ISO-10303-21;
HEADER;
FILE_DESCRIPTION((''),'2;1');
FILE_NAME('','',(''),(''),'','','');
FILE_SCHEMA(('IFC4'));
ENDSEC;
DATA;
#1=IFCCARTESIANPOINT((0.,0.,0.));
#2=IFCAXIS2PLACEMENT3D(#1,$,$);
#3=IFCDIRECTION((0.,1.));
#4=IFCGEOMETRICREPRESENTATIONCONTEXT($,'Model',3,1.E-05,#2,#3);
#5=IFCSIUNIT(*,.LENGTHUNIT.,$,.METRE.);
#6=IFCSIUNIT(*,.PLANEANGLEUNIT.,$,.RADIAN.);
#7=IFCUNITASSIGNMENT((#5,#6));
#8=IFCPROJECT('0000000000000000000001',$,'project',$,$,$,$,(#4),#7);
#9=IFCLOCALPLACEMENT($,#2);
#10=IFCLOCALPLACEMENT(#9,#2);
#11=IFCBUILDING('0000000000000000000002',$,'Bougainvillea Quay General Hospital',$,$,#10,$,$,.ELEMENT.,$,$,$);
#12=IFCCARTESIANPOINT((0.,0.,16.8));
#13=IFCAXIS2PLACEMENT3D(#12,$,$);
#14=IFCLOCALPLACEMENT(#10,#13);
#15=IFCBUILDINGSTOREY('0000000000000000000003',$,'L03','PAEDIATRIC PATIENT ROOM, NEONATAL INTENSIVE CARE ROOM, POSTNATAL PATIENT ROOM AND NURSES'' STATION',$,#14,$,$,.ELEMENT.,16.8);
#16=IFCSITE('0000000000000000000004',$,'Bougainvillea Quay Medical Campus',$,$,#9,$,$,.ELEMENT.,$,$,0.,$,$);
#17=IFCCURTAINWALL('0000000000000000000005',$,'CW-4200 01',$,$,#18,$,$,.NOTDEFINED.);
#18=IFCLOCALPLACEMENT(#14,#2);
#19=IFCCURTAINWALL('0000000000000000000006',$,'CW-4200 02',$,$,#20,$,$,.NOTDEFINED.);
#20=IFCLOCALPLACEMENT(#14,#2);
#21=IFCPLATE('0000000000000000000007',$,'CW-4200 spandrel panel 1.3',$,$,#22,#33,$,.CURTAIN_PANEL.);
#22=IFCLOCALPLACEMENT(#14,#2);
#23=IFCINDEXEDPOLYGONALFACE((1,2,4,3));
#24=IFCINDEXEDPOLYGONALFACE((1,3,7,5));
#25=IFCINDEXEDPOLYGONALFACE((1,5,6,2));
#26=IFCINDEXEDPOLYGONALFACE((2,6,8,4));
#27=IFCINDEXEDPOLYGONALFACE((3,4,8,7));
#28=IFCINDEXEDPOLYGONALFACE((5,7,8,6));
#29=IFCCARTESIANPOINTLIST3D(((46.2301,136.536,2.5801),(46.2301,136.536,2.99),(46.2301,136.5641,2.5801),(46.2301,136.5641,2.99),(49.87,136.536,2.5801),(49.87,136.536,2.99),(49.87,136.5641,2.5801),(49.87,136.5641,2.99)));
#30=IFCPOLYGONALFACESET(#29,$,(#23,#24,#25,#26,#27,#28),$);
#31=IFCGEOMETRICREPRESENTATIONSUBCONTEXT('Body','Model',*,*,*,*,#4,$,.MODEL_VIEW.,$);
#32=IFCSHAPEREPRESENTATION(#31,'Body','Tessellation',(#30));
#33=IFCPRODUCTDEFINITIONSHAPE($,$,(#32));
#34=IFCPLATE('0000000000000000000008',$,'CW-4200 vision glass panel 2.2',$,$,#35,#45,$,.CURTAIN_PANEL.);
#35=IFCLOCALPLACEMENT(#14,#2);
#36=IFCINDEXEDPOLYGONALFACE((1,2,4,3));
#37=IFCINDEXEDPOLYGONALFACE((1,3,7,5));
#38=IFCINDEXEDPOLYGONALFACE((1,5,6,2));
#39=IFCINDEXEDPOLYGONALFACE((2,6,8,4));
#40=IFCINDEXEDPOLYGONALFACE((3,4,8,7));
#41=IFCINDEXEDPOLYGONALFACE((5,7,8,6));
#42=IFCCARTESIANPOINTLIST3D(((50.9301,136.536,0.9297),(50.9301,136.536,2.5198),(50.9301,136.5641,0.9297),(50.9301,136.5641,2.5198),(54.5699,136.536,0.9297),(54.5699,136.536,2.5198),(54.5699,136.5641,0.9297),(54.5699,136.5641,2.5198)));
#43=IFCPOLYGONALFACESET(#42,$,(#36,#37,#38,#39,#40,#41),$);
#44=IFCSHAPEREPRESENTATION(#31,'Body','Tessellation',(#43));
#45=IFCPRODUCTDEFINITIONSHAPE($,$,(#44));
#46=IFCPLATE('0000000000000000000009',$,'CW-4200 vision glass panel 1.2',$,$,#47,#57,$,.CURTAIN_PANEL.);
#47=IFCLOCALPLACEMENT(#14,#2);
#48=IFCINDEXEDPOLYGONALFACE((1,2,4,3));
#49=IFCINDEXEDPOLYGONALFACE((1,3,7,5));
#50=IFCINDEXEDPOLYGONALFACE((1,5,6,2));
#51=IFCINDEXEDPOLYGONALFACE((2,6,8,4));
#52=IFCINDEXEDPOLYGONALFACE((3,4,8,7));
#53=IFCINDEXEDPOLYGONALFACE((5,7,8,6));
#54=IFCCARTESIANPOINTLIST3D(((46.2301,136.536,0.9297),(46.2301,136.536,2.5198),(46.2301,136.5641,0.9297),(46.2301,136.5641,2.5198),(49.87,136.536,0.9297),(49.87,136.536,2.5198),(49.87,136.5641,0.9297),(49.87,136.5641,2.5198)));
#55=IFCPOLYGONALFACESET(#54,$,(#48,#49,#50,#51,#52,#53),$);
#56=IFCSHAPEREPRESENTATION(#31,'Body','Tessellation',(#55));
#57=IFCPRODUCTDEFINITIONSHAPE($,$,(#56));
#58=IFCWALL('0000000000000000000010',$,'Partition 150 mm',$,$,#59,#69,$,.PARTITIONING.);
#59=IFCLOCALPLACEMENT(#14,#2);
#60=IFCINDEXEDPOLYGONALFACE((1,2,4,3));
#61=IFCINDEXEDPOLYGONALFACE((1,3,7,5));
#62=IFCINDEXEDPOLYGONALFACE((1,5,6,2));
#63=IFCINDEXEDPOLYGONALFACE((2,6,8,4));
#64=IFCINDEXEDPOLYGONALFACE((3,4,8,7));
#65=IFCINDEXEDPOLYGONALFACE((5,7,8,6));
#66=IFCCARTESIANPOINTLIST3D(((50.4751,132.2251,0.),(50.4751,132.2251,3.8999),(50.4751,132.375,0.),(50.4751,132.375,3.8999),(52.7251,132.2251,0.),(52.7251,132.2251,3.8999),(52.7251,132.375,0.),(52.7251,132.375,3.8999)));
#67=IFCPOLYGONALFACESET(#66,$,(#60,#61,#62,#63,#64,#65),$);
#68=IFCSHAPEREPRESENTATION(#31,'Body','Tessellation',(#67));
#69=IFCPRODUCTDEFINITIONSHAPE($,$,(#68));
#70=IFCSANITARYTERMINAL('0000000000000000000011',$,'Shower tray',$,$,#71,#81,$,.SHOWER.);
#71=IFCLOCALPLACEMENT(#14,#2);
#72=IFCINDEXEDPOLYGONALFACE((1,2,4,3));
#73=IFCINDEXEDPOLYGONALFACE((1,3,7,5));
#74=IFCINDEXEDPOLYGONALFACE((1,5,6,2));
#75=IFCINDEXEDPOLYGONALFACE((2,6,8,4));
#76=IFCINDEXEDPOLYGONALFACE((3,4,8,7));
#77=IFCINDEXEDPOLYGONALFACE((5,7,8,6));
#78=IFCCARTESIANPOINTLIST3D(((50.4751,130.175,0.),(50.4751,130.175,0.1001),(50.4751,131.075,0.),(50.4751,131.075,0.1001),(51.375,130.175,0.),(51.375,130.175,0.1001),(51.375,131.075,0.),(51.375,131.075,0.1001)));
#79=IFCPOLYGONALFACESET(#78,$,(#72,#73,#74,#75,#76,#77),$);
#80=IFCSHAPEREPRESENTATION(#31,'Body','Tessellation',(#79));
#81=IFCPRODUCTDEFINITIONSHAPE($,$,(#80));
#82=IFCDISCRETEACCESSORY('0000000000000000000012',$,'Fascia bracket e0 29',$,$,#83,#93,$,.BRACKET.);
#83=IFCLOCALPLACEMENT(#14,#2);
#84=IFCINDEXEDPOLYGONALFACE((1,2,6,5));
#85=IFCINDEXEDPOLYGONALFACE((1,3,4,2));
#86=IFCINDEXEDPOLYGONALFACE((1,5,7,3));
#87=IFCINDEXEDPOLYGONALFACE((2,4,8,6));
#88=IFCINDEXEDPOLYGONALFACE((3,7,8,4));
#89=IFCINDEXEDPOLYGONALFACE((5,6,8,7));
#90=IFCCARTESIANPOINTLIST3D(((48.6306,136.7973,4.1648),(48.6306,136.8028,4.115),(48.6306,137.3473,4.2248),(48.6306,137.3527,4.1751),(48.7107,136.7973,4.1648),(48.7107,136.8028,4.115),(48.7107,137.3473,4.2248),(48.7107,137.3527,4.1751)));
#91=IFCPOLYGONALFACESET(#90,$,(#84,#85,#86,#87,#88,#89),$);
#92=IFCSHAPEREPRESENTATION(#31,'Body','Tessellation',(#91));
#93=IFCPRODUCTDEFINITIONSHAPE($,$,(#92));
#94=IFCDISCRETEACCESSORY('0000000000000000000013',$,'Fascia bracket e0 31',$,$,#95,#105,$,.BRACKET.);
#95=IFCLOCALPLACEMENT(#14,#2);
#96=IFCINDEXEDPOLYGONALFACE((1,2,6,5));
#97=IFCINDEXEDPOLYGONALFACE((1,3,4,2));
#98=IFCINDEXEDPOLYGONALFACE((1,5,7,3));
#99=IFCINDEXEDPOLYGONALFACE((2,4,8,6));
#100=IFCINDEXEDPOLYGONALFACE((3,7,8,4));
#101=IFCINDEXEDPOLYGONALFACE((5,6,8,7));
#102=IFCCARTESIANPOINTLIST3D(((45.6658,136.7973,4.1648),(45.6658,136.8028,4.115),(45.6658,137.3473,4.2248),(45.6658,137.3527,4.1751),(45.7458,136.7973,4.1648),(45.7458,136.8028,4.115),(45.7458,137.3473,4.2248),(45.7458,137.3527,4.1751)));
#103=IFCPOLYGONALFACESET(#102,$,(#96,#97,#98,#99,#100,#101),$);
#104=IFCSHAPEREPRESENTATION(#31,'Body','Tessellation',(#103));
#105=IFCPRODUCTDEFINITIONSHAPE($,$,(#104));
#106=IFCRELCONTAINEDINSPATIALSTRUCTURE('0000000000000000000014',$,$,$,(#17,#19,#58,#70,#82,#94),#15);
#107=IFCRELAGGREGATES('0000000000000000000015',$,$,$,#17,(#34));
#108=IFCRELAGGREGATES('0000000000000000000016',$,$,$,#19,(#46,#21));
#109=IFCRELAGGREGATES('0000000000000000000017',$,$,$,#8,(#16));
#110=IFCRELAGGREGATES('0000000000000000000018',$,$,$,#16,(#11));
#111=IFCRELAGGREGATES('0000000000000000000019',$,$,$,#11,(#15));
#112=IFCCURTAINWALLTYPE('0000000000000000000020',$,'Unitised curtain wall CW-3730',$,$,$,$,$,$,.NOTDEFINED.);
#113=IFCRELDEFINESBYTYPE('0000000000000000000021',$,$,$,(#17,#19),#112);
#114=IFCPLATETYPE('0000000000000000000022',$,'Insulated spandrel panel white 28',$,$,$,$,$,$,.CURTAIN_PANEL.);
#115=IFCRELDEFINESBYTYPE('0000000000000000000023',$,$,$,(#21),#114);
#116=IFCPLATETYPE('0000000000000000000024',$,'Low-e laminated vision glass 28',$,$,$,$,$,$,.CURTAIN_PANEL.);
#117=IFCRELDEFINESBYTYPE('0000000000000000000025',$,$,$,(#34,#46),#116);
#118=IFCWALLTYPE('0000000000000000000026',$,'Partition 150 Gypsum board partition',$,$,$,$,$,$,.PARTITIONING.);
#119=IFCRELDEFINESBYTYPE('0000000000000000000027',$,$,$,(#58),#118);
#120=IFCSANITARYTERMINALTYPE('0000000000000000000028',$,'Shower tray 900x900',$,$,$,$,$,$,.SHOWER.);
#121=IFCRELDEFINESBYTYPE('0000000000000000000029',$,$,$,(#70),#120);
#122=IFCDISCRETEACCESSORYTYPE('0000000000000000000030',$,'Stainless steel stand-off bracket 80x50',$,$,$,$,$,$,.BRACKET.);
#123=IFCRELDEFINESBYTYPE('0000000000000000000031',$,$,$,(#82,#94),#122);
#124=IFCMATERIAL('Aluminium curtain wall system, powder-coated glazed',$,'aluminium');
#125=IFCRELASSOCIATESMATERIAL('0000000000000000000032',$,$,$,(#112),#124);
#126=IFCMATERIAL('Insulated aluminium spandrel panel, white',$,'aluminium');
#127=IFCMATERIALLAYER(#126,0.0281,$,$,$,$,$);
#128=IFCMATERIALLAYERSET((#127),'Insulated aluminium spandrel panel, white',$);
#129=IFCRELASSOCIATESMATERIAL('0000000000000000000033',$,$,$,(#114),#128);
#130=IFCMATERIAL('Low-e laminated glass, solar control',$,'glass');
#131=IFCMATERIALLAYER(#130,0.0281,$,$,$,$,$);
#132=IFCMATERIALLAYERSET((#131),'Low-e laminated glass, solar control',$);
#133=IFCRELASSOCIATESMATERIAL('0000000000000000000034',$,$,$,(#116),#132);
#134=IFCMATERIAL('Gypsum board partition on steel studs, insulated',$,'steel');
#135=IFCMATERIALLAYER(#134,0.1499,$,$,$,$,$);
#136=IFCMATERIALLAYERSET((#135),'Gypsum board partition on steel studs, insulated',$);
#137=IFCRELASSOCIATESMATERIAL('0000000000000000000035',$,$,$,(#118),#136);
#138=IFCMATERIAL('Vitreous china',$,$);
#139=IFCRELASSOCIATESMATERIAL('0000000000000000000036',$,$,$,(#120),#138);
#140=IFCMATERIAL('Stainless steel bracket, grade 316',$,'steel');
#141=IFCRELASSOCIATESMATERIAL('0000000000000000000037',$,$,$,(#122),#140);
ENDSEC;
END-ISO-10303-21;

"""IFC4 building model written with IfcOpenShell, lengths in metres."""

from ifc_helpers import new_model, si_unit, direction, frame, frame_2d, origin, origin_2d, place, context, subcontext, project, spatial, rectangle, extrude, material, layer, layer_set, material_profile, profile_set, type_object, element, aggregate, save


model = new_model("IFC4")

# Units and contexts
model_context = context("Model", 3, precision=1e-05, world=origin(), true_north=direction((0.0, 1.0)))
body_context = subcontext(model_context, "Body", "Model", "MODEL_VIEW")
ifc_project = project(units=[si_unit("LENGTHUNIT", "METRE"), si_unit("PLANEANGLEUNIT", "RADIAN")], contexts=[model_context])

# Site, building, storey
site_placement = place(None, origin())
site = spatial("IfcSite", under=ifc_project, at=site_placement, Name="Bougainvillea Quay Medical Campus", CompositionType="ELEMENT", RefElevation=0.0)
building_placement = place(site_placement, origin())
building = spatial("IfcBuilding", under=site, at=building_placement, Name="Bougainvillea Quay General Hospital", CompositionType="ELEMENT")
storey_placement = place(building_placement, frame((0.0, 0.0, 16.8)))
storey = spatial("IfcBuildingStorey", under=building, at=storey_placement, Name="L03", Description="PAEDIATRIC PATIENT ROOM, NEONATAL INTENSIVE CARE ROOM, POSTNATAL PATIENT ROOM AND NURSES' STATION", CompositionType="ELEMENT", Elevation=16.8)

# Curtain wall
ifc_material_1 = material(Name="Aluminium curtain wall system, powder-coated glazed", Category="aluminium")
curtain_wall_type = type_object("IfcCurtainWallType", Name="Unitised curtain wall CW-3730", PredefinedType="NOTDEFINED", material=ifc_material_1)
curtain_wall_1_placement = place(storey_placement, origin())
curtain_wall_1 = element("IfcCurtainWall", 1, at=curtain_wall_1_placement, inside=storey, type_object=curtain_wall_type, Name="CW-4200 01", PredefinedType="NOTDEFINED")

# Curtain wall
curtain_wall_2_placement = place(storey_placement, origin())
curtain_wall_2 = element("IfcCurtainWall", 2, at=curtain_wall_2_placement, inside=storey, type_object=curtain_wall_type, Name="CW-4200 02", PredefinedType="NOTDEFINED")

# Plates
ifc_material_2 = material(Name="Insulated aluminium spandrel panel, white", Category="aluminium")
ifc_layer_1 = layer(ifc_material_2, 0.0281)
ifc_layer_set_1 = layer_set([ifc_layer_1], Name="Insulated aluminium spandrel panel, white")
plate_type_1 = type_object("IfcPlateType", Name="Insulated spandrel panel white 28", PredefinedType="CURTAIN_PANEL", material=ifc_layer_set_1)
plate_1_placement = place(storey_placement, frame((48.05, 136.55, 2.5801), z_axis=(0.0, 0.0, 1.0), x_axis=(-1.0, 0.0, 0.0)))
plate_1 = element("IfcPlate", 3, at=plate_1_placement, type_object=plate_type_1, Name="CW-4200 spandrel panel 1.3", PredefinedType="CURTAIN_PANEL", context=body_context, shape_type="SweptSolid", body=[
    extrude(rectangle(XDim=3.6399, YDim=0.0281, at=origin_2d()), origin(), (0.0, 0.0, 1.0), 0.4099),
])
ifc_material_3 = material(Name="Low-e laminated glass, solar control", Category="glass")
ifc_layer_2 = layer(ifc_material_3, 0.0281)
ifc_layer_set_2 = layer_set([ifc_layer_2], Name="Low-e laminated glass, solar control")
plate_type_2 = type_object("IfcPlateType", Name="Low-e laminated vision glass 28", PredefinedType="CURTAIN_PANEL", material=ifc_layer_set_2)
plate_2_placement = place(storey_placement, frame((52.75, 136.55, 0.9297), z_axis=(0.0, 0.0, 1.0), x_axis=(-1.0, 0.0, 0.0)))
plate_2 = element("IfcPlate", 4, at=plate_2_placement, type_object=plate_type_2, Name="CW-4200 vision glass panel 2.2", PredefinedType="CURTAIN_PANEL", context=body_context, shape_type="SweptSolid", body=[
    extrude(rectangle(XDim=3.6399, YDim=0.0281, at=origin_2d()), origin(), (0.0, 0.0, 1.0), 1.5901),
])
aggregate(curtain_wall_1, [plate_2])
plate_3_placement = place(storey_placement, frame((48.05, 136.55, 0.9297), z_axis=(0.0, 0.0, 1.0), x_axis=(-1.0, 0.0, 0.0)))
plate_3 = element("IfcPlate", 5, at=plate_3_placement, type_object=plate_type_2, Name="CW-4200 vision glass panel 1.2", PredefinedType="CURTAIN_PANEL", context=body_context, shape_type="SweptSolid", body=[
    extrude(rectangle(XDim=3.6399, YDim=0.0281, at=origin_2d()), origin(), (0.0, 0.0, 1.0), 1.5901),
])
aggregate(curtain_wall_2, [plate_3, plate_1])

# Wall
ifc_material_4 = material(Name="Gypsum board partition on steel studs, insulated", Category="steel")
ifc_layer_3 = layer(ifc_material_4, 0.1499)
ifc_layer_set_3 = layer_set([ifc_layer_3], Name="Gypsum board partition on steel studs, insulated")
wall_type = type_object("IfcWallType", Name="Partition 150 Gypsum board partition", PredefinedType="PARTITIONING", material=ifc_layer_set_3)
wall_placement = place(storey_placement, frame((50.4751, 132.3, 0.0), z_axis=(0.0, 0.0, 1.0), x_axis=(1.0, 0.0, 0.0)))
element("IfcWall", 6, at=wall_placement, inside=storey, type_object=wall_type, Name="Partition 150 mm", PredefinedType="PARTITIONING", context=body_context, shape_type="SweptSolid", body=[
    extrude(rectangle(XDim=2.25, YDim=0.1499, at=frame_2d((1.125, 0.0))), origin(), (0.0, 0.0, 1.0), 3.8999),
])

# Sanitary terminal
ifc_material_5 = material(Name="Vitreous china")
sanitary_terminal_type = type_object("IfcSanitaryTerminalType", Name="Shower tray 900x900", PredefinedType="SHOWER", material=ifc_material_5)
sanitary_terminal_placement = place(storey_placement, frame((50.925, 130.625, 0.0), z_axis=(0.0, 0.0, 1.0), x_axis=(0.0, 1.0, 0.0)))
element("IfcSanitaryTerminal", 7, at=sanitary_terminal_placement, inside=storey, type_object=sanitary_terminal_type, Name="Shower tray", PredefinedType="SHOWER", context=body_context, shape_type="SweptSolid", body=[
    extrude(rectangle(XDim=0.8999, YDim=0.8999, at=origin_2d()), origin(), (0.0, 0.0, 1.0), 0.1001),
])

# Discrete accessories
ifc_material_6 = material(Name="Stainless steel bracket, grade 316", Category="steel")
ifc_material_profile_1 = material_profile(ifc_material_6, rectangle(XDim=0.0801, YDim=0.05, at=origin_2d()))
ifc_profile_set_1 = profile_set([ifc_material_profile_1], Name="Stainless steel bracket, grade 316")
discrete_accessory_type = type_object("IfcDiscreteAccessoryType", Name="Stainless steel stand-off bracket 80x50", PredefinedType="BRACKET", material=ifc_profile_set_1)
for number, where, z_axis, x_axis, name in (
    (8, (48.6707, 136.8, 4.1399), (0.0, 0.994092, 0.108543), (-1.0, 0.0, 0.0), "Fascia bracket e0 29"),
    (9, (45.7058, 136.8, 4.1399), (0.0, 0.994092, 0.108543), (-1.0, 0.0, 0.0), "Fascia bracket e0 31"),
):
    element("IfcDiscreteAccessory", number, at=place(storey_placement, frame(where, z_axis=z_axis, x_axis=x_axis)), inside=storey, type_object=discrete_accessory_type, Name=name, PredefinedType="BRACKET", context=body_context, shape_type="SweptSolid", body=[
        extrude(rectangle(XDim=0.0801, YDim=0.05, at=origin_2d()), origin(), (0.0, 0.0, 1.0), 0.5532),
    ])

save(model, "model.ifc")
